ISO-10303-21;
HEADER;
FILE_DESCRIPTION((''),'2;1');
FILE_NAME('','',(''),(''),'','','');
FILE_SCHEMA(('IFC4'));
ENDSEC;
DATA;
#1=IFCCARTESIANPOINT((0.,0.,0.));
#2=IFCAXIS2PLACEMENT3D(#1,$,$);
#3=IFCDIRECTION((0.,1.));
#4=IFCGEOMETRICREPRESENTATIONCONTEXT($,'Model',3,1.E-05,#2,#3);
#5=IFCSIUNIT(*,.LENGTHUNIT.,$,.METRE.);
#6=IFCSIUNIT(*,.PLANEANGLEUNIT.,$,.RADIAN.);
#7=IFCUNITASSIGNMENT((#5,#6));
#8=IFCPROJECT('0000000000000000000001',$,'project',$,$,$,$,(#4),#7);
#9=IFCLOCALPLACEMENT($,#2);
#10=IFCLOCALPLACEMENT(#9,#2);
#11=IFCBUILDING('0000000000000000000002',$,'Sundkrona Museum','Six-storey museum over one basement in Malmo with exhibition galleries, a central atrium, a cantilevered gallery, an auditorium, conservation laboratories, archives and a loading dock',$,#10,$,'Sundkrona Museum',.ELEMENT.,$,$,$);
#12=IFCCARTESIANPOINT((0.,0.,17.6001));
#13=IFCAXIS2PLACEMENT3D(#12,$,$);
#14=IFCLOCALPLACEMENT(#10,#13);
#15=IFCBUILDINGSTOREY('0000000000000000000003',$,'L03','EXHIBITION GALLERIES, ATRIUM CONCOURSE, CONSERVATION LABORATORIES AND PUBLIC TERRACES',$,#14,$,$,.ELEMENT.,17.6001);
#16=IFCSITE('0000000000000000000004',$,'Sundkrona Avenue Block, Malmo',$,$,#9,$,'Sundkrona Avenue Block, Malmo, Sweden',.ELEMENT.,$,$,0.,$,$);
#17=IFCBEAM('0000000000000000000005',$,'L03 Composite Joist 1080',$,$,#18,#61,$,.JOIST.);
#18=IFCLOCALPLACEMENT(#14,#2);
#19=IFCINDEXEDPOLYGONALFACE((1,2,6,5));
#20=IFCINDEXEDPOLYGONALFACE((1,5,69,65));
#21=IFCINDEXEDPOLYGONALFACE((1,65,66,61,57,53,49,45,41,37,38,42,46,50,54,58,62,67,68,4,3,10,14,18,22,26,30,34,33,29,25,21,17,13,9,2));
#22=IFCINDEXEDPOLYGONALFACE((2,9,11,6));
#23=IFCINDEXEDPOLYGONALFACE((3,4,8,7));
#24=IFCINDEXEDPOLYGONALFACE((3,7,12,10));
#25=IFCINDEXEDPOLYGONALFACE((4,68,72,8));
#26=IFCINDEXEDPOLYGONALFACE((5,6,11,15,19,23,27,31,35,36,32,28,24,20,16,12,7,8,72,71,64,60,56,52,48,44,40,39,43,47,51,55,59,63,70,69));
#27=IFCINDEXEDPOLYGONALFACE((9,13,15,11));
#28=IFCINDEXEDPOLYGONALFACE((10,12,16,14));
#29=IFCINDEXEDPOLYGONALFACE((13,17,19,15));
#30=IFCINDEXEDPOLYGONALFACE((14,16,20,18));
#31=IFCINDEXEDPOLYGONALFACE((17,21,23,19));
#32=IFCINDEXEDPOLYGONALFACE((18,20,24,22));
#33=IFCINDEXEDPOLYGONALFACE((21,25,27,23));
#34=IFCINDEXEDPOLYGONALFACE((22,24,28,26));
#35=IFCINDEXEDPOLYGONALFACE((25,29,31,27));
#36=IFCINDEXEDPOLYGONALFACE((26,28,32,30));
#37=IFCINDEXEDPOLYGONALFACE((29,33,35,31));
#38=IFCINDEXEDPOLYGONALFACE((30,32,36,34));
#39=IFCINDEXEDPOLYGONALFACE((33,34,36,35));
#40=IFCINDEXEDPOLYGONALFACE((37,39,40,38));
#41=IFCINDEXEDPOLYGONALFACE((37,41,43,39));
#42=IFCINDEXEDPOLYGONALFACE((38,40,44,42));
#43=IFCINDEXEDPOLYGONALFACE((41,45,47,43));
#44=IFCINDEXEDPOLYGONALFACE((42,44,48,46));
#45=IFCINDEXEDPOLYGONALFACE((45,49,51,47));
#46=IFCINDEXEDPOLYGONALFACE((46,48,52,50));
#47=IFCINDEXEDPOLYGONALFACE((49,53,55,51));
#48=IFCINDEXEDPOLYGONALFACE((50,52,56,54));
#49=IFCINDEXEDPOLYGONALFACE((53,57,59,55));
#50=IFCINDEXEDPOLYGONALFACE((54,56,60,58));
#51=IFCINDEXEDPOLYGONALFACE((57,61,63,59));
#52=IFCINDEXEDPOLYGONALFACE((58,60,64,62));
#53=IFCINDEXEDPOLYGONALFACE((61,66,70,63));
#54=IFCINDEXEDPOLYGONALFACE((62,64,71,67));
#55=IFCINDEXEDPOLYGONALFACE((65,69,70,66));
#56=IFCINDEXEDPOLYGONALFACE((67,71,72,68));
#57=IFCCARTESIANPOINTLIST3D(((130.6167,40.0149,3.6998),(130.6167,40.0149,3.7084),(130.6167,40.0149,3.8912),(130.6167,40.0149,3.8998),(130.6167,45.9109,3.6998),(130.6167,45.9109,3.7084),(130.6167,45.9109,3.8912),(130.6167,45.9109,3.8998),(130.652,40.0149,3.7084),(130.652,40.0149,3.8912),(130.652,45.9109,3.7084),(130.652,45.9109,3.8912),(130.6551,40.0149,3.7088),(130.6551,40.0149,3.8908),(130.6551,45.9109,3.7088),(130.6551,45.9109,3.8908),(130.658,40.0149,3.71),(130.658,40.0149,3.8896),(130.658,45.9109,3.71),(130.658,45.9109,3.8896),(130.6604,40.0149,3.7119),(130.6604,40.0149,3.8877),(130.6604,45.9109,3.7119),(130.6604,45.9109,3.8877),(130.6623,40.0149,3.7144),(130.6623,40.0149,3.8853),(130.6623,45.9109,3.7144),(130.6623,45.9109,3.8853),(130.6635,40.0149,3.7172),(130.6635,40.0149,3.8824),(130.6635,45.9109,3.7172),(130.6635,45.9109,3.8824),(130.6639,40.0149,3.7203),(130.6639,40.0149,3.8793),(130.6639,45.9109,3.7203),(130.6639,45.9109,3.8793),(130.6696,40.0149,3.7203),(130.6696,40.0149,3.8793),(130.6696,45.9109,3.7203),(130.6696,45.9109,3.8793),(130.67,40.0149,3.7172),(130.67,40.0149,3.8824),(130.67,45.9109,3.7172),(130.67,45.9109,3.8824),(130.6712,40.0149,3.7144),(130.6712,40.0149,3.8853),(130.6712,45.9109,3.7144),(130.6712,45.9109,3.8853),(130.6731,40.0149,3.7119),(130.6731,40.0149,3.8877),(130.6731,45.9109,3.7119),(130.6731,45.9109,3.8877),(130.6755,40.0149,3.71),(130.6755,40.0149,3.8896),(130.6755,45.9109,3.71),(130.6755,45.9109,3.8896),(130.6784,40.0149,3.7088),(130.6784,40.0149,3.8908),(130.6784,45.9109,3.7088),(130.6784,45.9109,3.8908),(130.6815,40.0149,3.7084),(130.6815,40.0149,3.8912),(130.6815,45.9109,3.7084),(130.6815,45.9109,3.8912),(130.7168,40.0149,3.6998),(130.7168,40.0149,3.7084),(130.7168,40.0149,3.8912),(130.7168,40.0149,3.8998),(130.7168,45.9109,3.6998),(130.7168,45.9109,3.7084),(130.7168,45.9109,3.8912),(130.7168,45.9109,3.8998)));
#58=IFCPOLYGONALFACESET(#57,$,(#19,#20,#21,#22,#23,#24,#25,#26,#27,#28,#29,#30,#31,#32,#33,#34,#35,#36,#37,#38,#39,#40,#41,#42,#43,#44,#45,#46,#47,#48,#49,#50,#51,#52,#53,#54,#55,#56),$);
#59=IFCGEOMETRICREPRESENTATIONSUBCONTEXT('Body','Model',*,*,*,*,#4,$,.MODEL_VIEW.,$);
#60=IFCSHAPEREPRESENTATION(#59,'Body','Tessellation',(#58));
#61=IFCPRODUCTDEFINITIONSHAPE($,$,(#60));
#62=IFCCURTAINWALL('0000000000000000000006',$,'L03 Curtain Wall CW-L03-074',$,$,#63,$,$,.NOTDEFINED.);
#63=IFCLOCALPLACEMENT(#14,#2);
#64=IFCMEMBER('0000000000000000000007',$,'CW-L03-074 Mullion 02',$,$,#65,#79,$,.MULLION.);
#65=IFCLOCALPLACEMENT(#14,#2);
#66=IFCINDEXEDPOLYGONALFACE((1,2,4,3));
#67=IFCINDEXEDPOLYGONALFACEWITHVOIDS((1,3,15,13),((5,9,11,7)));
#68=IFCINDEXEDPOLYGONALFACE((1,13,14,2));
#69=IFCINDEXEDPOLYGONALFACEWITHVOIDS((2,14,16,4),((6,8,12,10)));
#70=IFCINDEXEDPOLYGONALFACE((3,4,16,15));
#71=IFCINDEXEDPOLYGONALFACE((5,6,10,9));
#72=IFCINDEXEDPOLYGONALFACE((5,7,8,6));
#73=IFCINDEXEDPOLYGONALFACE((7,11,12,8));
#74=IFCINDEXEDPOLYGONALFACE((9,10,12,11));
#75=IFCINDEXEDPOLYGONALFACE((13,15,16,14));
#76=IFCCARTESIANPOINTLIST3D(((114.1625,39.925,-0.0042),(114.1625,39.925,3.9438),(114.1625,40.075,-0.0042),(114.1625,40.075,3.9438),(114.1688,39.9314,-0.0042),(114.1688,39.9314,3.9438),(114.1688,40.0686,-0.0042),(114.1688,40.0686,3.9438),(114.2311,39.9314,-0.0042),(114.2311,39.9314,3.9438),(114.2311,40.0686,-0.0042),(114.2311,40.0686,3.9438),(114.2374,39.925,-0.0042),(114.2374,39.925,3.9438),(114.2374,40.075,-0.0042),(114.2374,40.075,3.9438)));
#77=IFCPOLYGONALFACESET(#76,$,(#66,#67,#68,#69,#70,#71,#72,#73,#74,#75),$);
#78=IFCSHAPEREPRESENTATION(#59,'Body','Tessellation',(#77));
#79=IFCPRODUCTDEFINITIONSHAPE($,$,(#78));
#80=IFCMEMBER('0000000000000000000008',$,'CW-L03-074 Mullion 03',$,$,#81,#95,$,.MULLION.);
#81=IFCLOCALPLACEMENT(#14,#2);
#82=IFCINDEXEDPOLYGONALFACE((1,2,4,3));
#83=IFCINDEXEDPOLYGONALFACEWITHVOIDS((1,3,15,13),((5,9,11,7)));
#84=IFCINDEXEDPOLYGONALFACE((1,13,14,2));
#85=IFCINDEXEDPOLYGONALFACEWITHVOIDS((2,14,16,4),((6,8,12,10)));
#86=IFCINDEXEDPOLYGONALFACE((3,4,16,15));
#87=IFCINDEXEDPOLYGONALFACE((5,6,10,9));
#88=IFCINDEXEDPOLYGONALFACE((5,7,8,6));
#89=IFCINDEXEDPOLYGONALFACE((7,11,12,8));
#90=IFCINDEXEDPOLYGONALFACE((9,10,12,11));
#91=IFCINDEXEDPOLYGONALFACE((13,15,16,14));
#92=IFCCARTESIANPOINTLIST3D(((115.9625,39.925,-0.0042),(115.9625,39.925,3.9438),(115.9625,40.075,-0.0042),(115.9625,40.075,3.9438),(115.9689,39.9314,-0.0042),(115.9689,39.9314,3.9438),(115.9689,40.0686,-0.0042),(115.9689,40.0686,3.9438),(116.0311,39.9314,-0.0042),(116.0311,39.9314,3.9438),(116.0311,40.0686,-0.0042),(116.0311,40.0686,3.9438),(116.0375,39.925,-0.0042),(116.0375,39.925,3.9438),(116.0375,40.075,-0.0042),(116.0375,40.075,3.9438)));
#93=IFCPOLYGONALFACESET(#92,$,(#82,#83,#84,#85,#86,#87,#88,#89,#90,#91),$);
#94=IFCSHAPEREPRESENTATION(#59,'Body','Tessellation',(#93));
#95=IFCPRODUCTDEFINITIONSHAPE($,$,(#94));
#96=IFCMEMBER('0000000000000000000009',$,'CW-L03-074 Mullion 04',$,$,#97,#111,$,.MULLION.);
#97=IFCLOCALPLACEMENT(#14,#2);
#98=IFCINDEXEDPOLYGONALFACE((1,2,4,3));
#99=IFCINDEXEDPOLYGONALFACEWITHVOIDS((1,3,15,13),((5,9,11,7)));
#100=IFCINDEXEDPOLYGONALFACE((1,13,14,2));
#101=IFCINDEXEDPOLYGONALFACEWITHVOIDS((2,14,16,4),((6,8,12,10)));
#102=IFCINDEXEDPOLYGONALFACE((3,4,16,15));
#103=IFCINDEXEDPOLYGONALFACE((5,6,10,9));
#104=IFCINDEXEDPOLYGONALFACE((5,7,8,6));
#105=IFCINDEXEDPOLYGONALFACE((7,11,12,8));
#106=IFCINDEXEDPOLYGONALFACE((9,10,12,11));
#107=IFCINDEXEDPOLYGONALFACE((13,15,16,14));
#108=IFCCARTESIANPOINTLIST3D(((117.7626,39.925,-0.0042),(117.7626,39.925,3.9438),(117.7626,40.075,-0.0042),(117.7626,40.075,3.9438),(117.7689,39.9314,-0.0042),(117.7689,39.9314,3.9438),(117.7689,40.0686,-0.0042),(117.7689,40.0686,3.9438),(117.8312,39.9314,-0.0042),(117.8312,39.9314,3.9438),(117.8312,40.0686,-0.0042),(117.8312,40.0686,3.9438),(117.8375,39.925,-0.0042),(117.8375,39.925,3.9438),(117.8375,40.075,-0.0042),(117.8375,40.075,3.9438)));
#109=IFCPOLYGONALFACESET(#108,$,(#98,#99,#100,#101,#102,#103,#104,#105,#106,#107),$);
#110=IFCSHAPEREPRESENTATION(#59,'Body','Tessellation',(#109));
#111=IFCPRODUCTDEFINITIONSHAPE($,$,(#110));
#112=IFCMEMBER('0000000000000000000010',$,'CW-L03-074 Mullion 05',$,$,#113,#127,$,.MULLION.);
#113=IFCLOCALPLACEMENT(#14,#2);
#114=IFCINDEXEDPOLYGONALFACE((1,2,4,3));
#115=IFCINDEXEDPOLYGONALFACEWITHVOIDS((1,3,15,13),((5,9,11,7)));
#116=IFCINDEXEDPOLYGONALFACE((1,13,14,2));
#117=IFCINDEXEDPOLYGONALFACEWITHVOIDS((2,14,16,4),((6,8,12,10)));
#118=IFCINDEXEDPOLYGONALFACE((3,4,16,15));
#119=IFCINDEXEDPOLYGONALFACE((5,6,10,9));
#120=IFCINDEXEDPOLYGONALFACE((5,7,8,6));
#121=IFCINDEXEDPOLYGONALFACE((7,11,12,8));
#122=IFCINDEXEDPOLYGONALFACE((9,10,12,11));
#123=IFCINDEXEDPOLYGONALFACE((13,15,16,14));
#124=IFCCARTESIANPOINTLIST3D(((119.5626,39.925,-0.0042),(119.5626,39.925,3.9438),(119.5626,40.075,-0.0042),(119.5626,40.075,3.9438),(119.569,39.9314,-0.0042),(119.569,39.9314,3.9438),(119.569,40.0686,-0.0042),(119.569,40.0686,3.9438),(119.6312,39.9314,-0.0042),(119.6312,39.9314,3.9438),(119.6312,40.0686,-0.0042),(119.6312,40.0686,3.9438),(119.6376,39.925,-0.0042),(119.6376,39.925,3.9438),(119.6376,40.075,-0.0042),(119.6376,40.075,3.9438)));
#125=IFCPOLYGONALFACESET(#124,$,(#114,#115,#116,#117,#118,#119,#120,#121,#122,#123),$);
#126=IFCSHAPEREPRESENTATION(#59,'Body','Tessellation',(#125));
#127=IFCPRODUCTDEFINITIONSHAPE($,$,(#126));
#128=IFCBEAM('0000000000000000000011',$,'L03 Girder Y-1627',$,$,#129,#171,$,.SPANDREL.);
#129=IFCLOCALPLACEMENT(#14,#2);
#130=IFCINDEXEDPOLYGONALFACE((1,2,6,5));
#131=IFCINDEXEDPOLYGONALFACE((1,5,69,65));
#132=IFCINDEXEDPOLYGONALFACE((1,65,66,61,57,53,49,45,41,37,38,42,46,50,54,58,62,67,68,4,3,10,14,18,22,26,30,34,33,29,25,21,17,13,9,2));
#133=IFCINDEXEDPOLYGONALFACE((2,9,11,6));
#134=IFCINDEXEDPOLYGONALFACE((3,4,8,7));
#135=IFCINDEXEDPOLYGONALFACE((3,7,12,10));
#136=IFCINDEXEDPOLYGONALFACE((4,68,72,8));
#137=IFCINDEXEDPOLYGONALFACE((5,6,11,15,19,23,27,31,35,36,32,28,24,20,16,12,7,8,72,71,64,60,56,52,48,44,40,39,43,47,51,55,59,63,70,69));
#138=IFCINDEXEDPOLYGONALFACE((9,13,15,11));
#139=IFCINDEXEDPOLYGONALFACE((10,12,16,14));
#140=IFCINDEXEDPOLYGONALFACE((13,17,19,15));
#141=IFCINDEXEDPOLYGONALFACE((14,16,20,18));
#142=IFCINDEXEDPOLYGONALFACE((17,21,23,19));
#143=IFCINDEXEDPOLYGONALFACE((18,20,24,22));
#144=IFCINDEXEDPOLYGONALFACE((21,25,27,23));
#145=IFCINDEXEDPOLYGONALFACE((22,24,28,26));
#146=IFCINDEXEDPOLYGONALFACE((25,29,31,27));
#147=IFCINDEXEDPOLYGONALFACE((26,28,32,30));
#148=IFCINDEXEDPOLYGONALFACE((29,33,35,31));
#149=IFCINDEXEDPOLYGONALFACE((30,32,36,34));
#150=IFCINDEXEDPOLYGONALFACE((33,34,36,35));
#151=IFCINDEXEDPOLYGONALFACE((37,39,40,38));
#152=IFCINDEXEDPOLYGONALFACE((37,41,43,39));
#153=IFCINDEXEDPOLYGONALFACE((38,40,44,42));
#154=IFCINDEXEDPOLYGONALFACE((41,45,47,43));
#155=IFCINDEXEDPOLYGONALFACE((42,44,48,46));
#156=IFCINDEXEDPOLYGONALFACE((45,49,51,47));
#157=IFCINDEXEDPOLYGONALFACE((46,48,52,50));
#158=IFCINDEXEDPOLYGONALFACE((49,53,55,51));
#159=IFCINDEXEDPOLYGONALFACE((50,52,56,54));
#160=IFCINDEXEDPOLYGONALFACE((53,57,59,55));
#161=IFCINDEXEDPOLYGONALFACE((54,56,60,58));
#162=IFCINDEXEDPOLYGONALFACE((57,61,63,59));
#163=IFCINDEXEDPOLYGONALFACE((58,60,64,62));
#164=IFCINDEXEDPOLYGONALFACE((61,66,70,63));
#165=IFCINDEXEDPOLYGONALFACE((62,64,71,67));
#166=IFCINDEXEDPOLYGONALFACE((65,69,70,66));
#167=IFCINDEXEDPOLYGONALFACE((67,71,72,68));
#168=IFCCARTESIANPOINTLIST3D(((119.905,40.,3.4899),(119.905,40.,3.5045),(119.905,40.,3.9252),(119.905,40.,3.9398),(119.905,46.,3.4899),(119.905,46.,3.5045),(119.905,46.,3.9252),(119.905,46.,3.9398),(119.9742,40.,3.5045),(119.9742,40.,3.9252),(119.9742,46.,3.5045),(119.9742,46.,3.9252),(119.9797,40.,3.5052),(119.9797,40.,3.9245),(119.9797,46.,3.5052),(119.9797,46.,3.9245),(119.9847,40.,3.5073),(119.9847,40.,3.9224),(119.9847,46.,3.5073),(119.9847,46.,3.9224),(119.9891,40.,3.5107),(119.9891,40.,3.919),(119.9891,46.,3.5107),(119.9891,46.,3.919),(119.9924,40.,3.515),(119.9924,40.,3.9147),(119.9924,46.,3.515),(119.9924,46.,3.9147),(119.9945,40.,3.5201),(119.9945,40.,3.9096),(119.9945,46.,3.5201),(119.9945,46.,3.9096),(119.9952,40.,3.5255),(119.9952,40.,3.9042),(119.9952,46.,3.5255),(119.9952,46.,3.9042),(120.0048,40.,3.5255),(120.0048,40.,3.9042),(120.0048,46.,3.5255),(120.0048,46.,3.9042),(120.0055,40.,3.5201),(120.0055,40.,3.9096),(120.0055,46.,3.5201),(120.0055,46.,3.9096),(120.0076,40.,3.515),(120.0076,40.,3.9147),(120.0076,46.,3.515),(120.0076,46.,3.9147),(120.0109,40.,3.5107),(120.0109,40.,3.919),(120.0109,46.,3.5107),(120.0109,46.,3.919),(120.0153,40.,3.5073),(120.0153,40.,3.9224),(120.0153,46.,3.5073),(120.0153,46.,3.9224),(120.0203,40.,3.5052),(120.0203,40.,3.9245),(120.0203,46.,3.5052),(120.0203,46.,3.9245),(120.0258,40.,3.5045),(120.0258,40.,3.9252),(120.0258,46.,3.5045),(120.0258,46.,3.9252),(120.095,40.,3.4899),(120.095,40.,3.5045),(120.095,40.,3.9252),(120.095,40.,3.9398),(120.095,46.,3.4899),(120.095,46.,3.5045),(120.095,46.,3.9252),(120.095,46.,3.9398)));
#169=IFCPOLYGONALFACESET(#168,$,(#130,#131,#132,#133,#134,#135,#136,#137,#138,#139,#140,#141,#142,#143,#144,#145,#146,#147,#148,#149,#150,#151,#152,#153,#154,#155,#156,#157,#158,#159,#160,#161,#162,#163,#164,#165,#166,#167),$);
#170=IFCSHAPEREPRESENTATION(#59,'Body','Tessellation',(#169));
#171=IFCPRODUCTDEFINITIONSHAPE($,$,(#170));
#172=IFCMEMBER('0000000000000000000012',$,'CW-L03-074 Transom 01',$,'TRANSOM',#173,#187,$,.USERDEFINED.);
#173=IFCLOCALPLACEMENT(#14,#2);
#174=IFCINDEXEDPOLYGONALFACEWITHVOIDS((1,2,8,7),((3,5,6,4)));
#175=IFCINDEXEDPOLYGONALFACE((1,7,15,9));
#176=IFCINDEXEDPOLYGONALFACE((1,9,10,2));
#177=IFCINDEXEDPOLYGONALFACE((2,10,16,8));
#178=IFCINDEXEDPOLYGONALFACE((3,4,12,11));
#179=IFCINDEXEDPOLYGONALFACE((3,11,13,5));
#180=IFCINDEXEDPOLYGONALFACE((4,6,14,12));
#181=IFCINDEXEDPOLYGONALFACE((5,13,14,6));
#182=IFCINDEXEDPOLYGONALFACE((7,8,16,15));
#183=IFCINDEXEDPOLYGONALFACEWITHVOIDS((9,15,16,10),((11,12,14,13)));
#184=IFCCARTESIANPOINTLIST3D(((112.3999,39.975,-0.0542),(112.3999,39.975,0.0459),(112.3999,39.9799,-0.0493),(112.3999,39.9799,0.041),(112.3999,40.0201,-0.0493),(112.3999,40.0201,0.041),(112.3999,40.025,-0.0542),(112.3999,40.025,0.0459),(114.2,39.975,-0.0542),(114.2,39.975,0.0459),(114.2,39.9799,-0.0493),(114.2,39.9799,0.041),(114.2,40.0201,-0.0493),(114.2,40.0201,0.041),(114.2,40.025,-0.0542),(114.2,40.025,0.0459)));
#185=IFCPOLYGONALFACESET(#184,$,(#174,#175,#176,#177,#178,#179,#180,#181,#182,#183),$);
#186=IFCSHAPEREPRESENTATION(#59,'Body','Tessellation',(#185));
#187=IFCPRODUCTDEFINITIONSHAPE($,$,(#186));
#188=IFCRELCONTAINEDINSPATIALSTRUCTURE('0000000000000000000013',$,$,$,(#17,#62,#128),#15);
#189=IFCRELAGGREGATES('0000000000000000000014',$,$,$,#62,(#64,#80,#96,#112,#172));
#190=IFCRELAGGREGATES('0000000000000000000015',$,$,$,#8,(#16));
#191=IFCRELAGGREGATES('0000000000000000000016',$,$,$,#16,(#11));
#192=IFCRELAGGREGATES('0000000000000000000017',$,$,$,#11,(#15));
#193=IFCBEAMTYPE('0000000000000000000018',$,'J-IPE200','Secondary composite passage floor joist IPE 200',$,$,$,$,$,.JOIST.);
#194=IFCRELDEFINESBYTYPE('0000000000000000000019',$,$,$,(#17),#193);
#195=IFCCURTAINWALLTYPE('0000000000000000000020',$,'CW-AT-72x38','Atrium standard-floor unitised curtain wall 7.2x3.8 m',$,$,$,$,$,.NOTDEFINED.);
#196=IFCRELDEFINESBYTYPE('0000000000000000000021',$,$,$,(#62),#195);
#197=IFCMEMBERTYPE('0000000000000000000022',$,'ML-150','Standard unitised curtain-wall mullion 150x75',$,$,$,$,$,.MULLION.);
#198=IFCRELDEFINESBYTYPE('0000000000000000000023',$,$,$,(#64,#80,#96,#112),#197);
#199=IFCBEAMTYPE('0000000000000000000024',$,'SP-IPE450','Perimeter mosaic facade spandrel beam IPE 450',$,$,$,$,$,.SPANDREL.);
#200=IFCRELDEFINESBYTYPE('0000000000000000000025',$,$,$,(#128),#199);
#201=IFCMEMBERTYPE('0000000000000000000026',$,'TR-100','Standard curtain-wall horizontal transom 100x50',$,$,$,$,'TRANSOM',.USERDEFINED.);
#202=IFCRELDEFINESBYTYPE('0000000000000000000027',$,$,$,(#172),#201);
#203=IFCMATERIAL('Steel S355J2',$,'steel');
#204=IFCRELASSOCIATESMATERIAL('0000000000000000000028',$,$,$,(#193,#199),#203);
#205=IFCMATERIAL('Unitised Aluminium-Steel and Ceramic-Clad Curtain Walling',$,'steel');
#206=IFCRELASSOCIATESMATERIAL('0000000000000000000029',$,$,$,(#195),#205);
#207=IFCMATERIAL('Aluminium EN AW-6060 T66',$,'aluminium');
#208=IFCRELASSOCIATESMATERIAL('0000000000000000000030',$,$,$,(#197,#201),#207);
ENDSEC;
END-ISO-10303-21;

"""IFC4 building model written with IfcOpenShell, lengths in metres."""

from ifc_helpers import new_model, si_unit, direction, frame, origin, origin_2d, place, context, subcontext, project, spatial, hollow_rectangle, i_section, extrude, material, material_profile, profile_set, type_object, element, aggregate, save


model = new_model("IFC4")

# Units and contexts
model_context = context("Model", 3, precision=1e-05, world=origin(), true_north=direction((0.0, 1.0)))
body_context = subcontext(model_context, "Body", "Model", "MODEL_VIEW")
ifc_project = project(units=[si_unit("LENGTHUNIT", "METRE"), si_unit("PLANEANGLEUNIT", "RADIAN")], contexts=[model_context])

# Site, building, storey
site_placement = place(None, origin())
site = spatial("IfcSite", under=ifc_project, at=site_placement, Name="Sundkrona Avenue Block, Malmo", LongName="Sundkrona Avenue Block, Malmo, Sweden", CompositionType="ELEMENT", RefElevation=0.0)
building_placement = place(site_placement, origin())
building = spatial("IfcBuilding", under=site, at=building_placement, Name="Sundkrona Museum", Description="Six-storey museum over one basement in Malmo with exhibition galleries, a central atrium, a cantilevered gallery, an auditorium, conservation laboratories, archives and a loading dock", LongName="Sundkrona Museum", CompositionType="ELEMENT")
storey_placement = place(building_placement, frame((0.0, 0.0, 17.6001)))
storey = spatial("IfcBuildingStorey", under=building, at=storey_placement, Name="L03", Description="EXHIBITION GALLERIES, ATRIUM CONCOURSE, CONSERVATION LABORATORIES AND PUBLIC TERRACES", CompositionType="ELEMENT", Elevation=17.6001)

# Shared definitions
ifc_material_1 = material(Name="Steel S355J2", Category="steel")

# Beam
ifc_material_profile_1 = material_profile(ifc_material_1, i_section(OverallWidth=0.1001, OverallDepth=0.2, WebThickness=0.0056, FlangeThickness=0.0085, FilletRadius=0.012, at=origin_2d()), Name="IPE 200")
ifc_profile_set_1 = profile_set([ifc_material_profile_1], Name="Steel S355J2")
beam_type_1 = type_object("IfcBeamType", Name="J-IPE200", Description="Secondary composite passage floor joist IPE 200", PredefinedType="JOIST", material=ifc_profile_set_1)
beam_1_placement = place(storey_placement, frame((130.6667, 40.0149, 3.7998), z_axis=(0.0, 1.0, 0.0), x_axis=(-1.0, 0.0, 0.0)))
element("IfcBeam", 1, at=beam_1_placement, inside=storey, type_object=beam_type_1, Name="L03 Composite Joist 1080", PredefinedType="JOIST", context=body_context, shape_type="SweptSolid", body=[
    extrude(i_section(OverallWidth=0.1001, OverallDepth=0.2, WebThickness=0.0056, FlangeThickness=0.0085, FilletRadius=0.012, at=origin_2d()), origin(), (0.0, 0.0, 1.0), 5.896),
])

# Curtain wall, members
ifc_material_2 = material(Name="Unitised Aluminium-Steel and Ceramic-Clad Curtain Walling", Category="steel")
curtain_wall_type = type_object("IfcCurtainWallType", Name="CW-AT-72x38", Description="Atrium standard-floor unitised curtain wall 7.2x3.8 m", PredefinedType="NOTDEFINED", material=ifc_material_2)
curtain_wall_placement = place(storey_placement, origin())
curtain_wall = element("IfcCurtainWall", 2, at=curtain_wall_placement, inside=storey, type_object=curtain_wall_type, Name="L03 Curtain Wall CW-L03-074", PredefinedType="NOTDEFINED")
ifc_material_3 = material(Name="Aluminium EN AW-6060 T66", Category="aluminium")
ifc_material_profile_2 = material_profile(ifc_material_3, hollow_rectangle(XDim=0.075, YDim=0.1499, WallThickness=0.0063, at=origin_2d()), Name="RHS 150x75x6.3")
ifc_profile_set_2 = profile_set([ifc_material_profile_2], Name="Aluminium EN AW-6060 T66")
member_type_1 = type_object("IfcMemberType", Name="ML-150", Description="Standard unitised curtain-wall mullion 150x75", PredefinedType="MULLION", material=ifc_profile_set_2)
member_1_placement = place(storey_placement, frame((114.2, 40.0, -0.0042), z_axis=(0.0, 0.0, 1.0), x_axis=(1.0, 0.0, 0.0)))
member_1 = element("IfcMember", 3, at=member_1_placement, type_object=member_type_1, Name="CW-L03-074 Mullion 02", PredefinedType="MULLION", context=body_context, shape_type="SweptSolid", body=[
    extrude(hollow_rectangle(XDim=0.075, YDim=0.1499, WallThickness=0.0063, at=origin_2d()), origin(), (0.0, 0.0, 1.0), 3.948),
])
member_2_placement = place(storey_placement, frame((116.0, 40.0, -0.0042), z_axis=(0.0, 0.0, 1.0), x_axis=(1.0, 0.0, 0.0)))
member_2 = element("IfcMember", 4, at=member_2_placement, type_object=member_type_1, Name="CW-L03-074 Mullion 03", PredefinedType="MULLION", context=body_context, shape_type="SweptSolid", body=[
    extrude(hollow_rectangle(XDim=0.075, YDim=0.1499, WallThickness=0.0063, at=origin_2d()), origin(), (0.0, 0.0, 1.0), 3.948),
])
member_3_placement = place(storey_placement, frame((117.8, 40.0, -0.0042), z_axis=(0.0, 0.0, 1.0), x_axis=(1.0, 0.0, 0.0)))
member_3 = element("IfcMember", 5, at=member_3_placement, type_object=member_type_1, Name="CW-L03-074 Mullion 04", PredefinedType="MULLION", context=body_context, shape_type="SweptSolid", body=[
    extrude(hollow_rectangle(XDim=0.075, YDim=0.1499, WallThickness=0.0063, at=origin_2d()), origin(), (0.0, 0.0, 1.0), 3.948),
])
member_4_placement = place(storey_placement, frame((119.6001, 40.0, -0.0042), z_axis=(0.0, 0.0, 1.0), x_axis=(1.0, 0.0, 0.0)))
member_4 = element("IfcMember", 6, at=member_4_placement, type_object=member_type_1, Name="CW-L03-074 Mullion 05", PredefinedType="MULLION", context=body_context, shape_type="SweptSolid", body=[
    extrude(hollow_rectangle(XDim=0.075, YDim=0.1499, WallThickness=0.0063, at=origin_2d()), origin(), (0.0, 0.0, 1.0), 3.948),
])

# Beam
ifc_material_profile_3 = material_profile(ifc_material_1, i_section(OverallWidth=0.1899, OverallDepth=0.45, WebThickness=0.0095, FlangeThickness=0.0146, FilletRadius=0.021, at=origin_2d()), Name="IPE 450")
ifc_profile_set_3 = profile_set([ifc_material_profile_3], Name="Steel S355J2")
beam_type_2 = type_object("IfcBeamType", Name="SP-IPE450", Description="Perimeter mosaic facade spandrel beam IPE 450", PredefinedType="SPANDREL", material=ifc_profile_set_3)
beam_2_placement = place(storey_placement, frame((120.0, 40.0, 3.7148), z_axis=(0.0, 1.0, 0.0), x_axis=(-1.0, 0.0, 0.0)))
element("IfcBeam", 7, at=beam_2_placement, inside=storey, type_object=beam_type_2, Name="L03 Girder Y-1627", PredefinedType="SPANDREL", context=body_context, shape_type="SweptSolid", body=[
    extrude(i_section(OverallWidth=0.1899, OverallDepth=0.45, WebThickness=0.0095, FlangeThickness=0.0146, FilletRadius=0.021, at=origin_2d()), origin(), (0.0, 0.0, 1.0), 6.0),
])

# Member
ifc_material_profile_4 = material_profile(ifc_material_3, hollow_rectangle(XDim=0.05, YDim=0.1001, WallThickness=0.0049, at=origin_2d()), Name="RHS 100x50x5.0")
ifc_profile_set_4 = profile_set([ifc_material_profile_4], Name="Aluminium EN AW-6060 T66")
member_type_2 = type_object("IfcMemberType", Name="TR-100", Description="Standard curtain-wall horizontal transom 100x50", ElementType="TRANSOM", PredefinedType="USERDEFINED", material=ifc_profile_set_4)
member_5_placement = place(storey_placement, frame((112.3999, 40.0, -0.0042), z_axis=(1.0, 0.0, 0.0), x_axis=(0.0, 1.0, 0.0)))
member_5 = element("IfcMember", 8, at=member_5_placement, type_object=member_type_2, Name="CW-L03-074 Transom 01", ObjectType="TRANSOM", PredefinedType="USERDEFINED", context=body_context, shape_type="SweptSolid", body=[
    extrude(hollow_rectangle(XDim=0.05, YDim=0.1001, WallThickness=0.0049, at=origin_2d()), origin(), (0.0, 0.0, 1.0), 1.8),
])

aggregate(curtain_wall, [member_1, member_2, member_3, member_4, member_5])

save(model, "model.ifc")
